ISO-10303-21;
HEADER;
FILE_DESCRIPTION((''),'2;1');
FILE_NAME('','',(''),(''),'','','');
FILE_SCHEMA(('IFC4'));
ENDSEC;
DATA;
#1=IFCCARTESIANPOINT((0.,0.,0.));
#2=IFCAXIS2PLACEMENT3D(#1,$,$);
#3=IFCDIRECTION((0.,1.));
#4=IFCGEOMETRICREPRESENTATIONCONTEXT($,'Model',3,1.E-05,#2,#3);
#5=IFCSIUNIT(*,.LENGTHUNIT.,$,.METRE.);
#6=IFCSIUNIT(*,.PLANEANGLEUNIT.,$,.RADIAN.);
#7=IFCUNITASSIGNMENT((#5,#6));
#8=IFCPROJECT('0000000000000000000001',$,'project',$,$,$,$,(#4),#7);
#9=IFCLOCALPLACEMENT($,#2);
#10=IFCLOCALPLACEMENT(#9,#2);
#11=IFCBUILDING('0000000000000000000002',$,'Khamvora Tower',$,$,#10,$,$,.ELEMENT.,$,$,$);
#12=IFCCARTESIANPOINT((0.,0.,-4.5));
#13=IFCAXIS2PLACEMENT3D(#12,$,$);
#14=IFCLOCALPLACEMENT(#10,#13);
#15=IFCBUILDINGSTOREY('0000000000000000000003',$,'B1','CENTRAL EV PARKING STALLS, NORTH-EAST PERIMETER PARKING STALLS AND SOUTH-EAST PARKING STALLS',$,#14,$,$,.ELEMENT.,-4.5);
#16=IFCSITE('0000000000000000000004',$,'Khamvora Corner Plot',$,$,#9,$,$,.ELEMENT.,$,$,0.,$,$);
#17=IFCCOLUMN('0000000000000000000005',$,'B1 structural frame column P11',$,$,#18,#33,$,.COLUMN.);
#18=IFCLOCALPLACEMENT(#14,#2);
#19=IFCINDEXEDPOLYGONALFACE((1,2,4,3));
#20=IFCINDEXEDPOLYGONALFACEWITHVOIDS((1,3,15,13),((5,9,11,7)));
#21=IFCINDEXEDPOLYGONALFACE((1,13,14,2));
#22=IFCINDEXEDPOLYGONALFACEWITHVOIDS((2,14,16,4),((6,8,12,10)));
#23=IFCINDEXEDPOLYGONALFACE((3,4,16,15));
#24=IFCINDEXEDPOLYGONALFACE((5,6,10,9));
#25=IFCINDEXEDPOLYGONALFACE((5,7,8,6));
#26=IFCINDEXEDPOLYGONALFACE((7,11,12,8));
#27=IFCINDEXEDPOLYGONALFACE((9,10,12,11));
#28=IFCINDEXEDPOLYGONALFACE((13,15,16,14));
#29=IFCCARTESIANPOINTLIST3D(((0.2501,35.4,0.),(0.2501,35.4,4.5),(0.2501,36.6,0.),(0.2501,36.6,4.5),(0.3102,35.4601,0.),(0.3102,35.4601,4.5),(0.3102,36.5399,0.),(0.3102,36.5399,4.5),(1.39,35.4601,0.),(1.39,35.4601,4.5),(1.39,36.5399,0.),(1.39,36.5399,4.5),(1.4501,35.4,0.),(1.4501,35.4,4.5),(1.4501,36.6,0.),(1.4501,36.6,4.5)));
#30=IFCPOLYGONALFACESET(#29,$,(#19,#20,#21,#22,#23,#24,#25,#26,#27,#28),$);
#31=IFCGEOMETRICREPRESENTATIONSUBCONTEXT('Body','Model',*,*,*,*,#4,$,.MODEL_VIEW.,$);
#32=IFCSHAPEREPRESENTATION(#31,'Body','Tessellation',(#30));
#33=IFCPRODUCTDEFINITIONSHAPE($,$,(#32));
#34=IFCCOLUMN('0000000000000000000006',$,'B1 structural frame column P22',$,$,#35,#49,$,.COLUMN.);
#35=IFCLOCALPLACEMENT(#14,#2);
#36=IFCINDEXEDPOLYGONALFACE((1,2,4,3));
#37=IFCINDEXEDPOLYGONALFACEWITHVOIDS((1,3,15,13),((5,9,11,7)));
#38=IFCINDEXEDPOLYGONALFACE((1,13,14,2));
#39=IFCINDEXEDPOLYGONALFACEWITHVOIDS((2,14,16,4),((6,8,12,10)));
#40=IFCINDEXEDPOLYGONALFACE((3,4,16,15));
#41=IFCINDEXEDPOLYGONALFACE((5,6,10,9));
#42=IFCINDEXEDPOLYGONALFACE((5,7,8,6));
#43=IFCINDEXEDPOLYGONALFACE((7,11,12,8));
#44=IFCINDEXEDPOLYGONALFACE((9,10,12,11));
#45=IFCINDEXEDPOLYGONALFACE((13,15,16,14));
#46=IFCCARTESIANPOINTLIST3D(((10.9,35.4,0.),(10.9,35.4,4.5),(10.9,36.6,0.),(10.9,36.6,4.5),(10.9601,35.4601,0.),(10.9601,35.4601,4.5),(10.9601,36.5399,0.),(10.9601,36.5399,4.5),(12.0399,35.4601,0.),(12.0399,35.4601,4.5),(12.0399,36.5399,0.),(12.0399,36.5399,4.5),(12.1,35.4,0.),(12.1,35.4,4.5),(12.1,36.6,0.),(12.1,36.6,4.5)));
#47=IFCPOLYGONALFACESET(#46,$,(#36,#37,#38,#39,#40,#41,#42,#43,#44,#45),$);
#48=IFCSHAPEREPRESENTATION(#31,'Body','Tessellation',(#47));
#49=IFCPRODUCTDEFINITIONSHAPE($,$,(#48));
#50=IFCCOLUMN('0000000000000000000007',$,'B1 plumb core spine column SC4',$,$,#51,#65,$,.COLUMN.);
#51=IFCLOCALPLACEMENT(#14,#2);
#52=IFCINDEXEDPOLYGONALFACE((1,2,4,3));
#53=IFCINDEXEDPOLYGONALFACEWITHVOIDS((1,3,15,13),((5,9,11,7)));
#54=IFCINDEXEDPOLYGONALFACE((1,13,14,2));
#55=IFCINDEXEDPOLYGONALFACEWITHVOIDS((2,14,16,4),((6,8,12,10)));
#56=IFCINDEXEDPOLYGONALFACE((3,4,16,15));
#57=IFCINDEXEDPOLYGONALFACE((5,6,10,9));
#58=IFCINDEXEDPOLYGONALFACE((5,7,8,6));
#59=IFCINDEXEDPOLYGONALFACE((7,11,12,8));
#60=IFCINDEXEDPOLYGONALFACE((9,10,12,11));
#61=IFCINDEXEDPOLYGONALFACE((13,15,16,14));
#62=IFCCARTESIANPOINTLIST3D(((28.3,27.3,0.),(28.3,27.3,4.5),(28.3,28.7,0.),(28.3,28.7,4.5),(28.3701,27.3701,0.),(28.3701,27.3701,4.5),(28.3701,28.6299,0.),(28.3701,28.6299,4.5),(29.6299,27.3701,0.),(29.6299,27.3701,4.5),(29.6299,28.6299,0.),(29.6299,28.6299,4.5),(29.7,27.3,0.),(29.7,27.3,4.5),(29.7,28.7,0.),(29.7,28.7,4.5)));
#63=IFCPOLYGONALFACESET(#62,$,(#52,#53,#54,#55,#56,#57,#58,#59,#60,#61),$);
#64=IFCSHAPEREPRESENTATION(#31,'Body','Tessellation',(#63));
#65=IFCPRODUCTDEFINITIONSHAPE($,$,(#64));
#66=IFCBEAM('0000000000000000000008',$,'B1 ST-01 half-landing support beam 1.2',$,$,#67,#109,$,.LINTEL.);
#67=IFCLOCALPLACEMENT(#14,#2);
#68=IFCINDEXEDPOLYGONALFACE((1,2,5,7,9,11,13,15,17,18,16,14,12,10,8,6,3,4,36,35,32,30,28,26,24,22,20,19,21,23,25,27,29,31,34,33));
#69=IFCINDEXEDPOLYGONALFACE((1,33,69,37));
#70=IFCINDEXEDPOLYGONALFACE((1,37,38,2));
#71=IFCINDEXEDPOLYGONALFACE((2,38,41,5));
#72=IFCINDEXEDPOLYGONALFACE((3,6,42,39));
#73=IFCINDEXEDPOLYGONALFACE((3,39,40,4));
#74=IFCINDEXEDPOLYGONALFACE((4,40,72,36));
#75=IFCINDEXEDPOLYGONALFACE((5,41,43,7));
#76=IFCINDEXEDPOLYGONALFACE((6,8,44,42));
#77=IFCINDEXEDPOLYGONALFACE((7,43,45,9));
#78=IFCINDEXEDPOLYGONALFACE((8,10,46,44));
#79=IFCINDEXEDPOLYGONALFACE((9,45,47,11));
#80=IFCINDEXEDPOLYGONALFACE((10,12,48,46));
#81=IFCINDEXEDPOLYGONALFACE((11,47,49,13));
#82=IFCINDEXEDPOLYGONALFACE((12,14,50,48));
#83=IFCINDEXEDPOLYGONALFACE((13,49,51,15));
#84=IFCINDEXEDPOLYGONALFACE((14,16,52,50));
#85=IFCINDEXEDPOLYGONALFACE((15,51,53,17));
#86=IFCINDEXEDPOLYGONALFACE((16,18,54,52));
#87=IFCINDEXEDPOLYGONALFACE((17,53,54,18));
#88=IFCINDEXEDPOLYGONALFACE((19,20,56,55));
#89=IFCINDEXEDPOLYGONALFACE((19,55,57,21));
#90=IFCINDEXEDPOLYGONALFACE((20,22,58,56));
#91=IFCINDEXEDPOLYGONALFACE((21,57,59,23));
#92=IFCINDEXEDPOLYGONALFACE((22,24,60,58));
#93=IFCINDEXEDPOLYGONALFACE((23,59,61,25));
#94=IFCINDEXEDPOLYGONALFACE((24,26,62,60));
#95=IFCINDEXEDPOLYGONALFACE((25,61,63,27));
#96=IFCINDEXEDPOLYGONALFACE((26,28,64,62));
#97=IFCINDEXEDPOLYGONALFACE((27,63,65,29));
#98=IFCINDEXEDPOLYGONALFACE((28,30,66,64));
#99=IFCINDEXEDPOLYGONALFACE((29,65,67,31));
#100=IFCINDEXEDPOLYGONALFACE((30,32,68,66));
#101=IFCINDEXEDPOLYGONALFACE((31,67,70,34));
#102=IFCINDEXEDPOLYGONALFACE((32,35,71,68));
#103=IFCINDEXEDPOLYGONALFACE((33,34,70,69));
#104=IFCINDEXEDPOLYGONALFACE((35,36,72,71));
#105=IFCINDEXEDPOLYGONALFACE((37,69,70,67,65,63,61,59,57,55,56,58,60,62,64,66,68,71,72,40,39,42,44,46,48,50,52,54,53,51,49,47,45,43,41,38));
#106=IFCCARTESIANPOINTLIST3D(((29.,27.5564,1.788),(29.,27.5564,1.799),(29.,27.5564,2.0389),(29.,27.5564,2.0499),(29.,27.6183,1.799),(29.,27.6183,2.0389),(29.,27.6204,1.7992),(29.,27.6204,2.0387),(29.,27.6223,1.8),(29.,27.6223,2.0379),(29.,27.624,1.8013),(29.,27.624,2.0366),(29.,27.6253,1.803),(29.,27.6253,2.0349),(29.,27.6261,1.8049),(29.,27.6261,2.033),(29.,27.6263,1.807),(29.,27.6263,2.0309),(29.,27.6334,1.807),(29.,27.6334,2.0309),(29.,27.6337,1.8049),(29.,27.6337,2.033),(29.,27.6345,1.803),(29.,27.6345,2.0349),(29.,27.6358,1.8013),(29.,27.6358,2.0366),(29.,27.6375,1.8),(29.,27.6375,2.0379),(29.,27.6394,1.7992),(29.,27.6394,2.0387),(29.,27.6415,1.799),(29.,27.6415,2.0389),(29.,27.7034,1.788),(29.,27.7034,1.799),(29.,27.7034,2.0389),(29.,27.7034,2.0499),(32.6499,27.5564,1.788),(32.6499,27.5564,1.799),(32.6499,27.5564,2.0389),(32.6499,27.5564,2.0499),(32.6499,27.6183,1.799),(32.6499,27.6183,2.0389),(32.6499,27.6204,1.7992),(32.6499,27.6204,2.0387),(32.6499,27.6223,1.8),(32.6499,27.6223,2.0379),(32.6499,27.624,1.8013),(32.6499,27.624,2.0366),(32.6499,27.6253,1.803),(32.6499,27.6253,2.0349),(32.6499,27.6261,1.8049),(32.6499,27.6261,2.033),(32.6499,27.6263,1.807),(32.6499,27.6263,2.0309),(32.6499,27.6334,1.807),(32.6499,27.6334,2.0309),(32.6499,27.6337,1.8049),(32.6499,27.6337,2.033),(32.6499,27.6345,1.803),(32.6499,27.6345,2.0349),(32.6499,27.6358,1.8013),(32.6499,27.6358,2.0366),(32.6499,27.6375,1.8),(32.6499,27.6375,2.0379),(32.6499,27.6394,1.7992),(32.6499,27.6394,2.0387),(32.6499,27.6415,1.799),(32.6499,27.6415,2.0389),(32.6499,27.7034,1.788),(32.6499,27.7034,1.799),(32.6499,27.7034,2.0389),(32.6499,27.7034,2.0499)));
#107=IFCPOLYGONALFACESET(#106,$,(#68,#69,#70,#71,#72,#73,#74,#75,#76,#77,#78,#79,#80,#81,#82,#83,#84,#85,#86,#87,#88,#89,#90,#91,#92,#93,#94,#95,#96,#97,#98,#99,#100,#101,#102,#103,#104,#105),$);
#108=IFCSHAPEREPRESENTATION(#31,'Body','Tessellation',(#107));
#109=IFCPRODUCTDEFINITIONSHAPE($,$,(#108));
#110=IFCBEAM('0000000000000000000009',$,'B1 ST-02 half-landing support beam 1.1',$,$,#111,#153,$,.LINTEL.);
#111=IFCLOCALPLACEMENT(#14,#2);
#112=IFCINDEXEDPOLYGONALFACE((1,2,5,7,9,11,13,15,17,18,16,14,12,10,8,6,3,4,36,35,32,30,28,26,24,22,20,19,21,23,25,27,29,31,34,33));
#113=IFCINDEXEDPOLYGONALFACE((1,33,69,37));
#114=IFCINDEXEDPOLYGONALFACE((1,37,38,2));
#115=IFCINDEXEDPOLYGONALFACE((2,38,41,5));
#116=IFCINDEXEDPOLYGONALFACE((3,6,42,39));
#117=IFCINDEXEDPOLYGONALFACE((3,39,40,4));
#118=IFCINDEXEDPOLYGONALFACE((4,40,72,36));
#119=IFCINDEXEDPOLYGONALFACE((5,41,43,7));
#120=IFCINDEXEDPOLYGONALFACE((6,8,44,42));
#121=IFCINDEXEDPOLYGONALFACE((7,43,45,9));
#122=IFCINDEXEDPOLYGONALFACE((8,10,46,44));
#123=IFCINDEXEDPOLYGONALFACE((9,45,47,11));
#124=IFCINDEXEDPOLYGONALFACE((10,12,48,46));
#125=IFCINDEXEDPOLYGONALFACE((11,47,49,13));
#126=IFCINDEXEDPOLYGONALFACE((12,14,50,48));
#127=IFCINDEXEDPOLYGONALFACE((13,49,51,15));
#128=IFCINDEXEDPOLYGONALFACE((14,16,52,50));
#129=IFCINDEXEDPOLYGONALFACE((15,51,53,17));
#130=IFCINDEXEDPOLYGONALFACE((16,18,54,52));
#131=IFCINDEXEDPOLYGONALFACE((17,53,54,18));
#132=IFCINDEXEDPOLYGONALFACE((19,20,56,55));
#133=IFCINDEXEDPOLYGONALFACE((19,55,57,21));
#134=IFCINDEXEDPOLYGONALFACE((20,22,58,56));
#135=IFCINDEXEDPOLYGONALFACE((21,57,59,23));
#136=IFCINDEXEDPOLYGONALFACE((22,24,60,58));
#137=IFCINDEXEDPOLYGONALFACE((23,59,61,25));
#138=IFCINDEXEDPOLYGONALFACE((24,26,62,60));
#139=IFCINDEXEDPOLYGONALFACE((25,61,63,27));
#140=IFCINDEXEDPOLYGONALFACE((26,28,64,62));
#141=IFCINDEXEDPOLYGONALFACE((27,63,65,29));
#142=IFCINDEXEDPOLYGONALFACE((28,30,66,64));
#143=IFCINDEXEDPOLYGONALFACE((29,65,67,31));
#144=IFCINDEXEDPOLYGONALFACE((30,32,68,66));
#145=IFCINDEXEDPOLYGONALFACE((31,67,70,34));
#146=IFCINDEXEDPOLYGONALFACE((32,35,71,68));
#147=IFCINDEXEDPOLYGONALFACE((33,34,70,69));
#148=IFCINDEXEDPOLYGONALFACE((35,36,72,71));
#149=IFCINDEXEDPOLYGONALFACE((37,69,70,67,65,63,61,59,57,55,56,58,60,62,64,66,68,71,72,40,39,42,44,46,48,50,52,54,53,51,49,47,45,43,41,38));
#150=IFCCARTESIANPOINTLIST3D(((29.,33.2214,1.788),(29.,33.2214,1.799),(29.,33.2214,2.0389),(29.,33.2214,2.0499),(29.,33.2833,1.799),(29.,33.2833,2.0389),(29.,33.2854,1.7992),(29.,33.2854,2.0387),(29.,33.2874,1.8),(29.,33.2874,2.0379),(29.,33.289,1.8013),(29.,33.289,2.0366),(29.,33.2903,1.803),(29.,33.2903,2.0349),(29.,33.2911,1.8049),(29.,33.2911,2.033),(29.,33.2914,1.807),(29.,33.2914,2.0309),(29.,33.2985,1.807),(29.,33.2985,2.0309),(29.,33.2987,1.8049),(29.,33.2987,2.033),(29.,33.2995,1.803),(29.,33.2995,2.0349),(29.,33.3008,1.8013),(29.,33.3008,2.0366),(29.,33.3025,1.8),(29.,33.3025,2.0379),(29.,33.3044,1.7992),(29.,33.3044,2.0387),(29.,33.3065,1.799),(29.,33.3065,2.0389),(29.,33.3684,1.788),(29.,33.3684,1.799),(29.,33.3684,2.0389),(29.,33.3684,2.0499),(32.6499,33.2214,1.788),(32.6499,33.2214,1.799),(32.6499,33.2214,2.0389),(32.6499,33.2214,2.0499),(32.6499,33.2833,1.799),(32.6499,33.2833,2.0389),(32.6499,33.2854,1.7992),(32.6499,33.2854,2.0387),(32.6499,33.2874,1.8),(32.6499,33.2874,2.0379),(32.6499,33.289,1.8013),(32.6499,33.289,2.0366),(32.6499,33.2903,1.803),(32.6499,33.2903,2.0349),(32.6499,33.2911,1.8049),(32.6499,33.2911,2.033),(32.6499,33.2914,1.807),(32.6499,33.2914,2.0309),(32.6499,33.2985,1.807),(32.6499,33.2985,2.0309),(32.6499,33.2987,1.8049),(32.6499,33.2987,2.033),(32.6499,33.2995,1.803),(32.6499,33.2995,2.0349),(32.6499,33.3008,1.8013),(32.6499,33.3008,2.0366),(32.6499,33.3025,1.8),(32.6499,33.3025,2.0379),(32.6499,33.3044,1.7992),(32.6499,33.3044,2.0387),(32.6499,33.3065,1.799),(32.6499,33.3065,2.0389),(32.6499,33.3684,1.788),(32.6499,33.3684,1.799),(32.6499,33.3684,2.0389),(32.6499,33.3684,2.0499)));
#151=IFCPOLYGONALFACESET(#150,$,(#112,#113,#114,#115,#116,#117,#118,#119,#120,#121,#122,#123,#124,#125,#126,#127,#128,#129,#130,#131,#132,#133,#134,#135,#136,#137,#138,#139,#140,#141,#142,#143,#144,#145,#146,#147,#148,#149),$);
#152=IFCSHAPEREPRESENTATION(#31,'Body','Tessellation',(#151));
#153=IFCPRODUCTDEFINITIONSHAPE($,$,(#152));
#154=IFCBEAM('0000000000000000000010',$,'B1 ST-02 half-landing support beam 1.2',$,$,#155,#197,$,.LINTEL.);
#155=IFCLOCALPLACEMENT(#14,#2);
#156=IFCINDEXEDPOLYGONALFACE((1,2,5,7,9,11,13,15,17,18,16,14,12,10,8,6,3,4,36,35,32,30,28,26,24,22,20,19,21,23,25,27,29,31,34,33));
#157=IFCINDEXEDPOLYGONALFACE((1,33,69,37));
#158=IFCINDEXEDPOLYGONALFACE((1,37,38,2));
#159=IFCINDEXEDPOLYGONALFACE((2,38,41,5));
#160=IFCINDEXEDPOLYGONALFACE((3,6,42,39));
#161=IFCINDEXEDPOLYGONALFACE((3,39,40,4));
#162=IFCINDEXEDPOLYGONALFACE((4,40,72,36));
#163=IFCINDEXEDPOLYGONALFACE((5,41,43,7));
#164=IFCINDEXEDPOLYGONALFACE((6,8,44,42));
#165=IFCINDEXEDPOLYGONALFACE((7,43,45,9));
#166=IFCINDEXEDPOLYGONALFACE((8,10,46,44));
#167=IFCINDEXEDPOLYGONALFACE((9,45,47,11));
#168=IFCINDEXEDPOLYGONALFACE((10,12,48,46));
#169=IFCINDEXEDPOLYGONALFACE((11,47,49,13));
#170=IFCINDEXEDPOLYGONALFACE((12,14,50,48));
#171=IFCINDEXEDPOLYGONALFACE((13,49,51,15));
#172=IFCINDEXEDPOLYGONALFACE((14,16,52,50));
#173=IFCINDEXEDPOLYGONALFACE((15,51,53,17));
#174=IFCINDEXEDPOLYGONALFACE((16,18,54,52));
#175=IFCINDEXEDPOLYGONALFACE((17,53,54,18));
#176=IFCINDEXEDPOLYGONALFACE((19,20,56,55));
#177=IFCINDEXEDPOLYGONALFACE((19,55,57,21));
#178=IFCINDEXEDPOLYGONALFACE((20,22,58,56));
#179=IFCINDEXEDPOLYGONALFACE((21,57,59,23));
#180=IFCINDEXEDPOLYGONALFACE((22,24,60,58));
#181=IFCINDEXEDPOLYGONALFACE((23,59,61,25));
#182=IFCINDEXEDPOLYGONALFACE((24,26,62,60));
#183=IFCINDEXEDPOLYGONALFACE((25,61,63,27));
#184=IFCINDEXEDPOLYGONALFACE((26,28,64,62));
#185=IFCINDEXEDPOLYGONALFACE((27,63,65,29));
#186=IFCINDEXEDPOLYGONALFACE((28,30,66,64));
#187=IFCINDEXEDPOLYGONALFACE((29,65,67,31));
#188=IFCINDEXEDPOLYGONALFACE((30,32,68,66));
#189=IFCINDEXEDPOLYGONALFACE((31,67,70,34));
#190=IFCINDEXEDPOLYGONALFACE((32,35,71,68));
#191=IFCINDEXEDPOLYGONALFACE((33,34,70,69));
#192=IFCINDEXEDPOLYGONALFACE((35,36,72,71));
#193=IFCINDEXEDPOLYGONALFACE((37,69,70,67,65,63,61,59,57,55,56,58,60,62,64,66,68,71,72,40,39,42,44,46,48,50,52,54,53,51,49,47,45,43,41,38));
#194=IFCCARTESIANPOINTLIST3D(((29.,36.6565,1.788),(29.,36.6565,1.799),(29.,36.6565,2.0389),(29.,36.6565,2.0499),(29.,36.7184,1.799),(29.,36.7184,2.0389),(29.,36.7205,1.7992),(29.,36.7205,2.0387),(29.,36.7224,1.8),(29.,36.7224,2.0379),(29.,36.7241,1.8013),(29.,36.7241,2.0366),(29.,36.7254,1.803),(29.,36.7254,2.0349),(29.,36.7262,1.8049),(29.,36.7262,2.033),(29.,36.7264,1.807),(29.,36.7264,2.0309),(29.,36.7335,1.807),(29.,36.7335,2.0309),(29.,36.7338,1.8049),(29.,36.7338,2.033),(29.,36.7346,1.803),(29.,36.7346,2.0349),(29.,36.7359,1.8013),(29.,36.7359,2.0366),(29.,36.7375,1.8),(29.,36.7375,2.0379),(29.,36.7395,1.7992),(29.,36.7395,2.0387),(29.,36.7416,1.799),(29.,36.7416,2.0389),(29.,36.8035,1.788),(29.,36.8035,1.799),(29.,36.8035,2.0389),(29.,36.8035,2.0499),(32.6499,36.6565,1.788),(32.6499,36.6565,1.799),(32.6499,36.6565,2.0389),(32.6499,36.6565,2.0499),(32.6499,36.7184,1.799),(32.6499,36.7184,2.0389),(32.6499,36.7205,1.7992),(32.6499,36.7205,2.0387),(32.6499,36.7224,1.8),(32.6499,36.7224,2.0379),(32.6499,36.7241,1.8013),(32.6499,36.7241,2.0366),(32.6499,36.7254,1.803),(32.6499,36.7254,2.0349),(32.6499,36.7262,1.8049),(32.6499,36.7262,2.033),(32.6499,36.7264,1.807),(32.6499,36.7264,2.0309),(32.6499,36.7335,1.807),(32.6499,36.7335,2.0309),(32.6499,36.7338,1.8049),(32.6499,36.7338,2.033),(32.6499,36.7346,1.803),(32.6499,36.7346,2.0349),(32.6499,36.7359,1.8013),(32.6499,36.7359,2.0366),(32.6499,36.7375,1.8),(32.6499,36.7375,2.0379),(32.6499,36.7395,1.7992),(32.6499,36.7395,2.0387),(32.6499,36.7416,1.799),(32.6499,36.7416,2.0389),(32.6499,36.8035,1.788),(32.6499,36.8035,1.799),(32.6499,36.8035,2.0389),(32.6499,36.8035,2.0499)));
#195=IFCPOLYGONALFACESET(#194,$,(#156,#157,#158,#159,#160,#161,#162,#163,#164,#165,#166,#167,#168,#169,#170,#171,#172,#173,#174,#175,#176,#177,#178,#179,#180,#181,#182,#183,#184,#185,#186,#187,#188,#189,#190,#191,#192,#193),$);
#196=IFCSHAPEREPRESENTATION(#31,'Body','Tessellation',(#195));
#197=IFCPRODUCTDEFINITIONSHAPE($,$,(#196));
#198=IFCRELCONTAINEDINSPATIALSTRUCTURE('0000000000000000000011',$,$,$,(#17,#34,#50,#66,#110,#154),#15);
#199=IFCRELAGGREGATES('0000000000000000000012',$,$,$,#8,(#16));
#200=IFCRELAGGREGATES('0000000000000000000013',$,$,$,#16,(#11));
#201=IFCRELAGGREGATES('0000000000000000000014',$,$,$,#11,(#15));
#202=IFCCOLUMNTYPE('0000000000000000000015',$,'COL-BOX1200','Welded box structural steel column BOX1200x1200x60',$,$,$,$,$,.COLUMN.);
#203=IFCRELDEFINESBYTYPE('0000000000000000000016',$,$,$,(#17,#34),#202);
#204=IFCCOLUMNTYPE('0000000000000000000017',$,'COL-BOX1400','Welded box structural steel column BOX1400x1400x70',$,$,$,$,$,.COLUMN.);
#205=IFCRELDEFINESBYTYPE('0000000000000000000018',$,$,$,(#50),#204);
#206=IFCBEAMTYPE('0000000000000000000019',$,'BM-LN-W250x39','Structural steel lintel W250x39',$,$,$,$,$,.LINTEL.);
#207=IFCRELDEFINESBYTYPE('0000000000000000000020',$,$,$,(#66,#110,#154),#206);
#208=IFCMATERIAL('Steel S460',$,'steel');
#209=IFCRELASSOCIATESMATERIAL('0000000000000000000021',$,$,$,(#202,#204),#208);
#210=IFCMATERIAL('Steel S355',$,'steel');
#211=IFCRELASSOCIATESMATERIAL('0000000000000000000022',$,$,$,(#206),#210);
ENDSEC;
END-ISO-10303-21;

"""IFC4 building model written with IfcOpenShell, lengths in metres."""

from ifc_helpers import new_model, si_unit, direction, frame, origin, origin_2d, place, context, subcontext, project, spatial, hollow_rectangle, i_section, extrude, material, material_profile, profile_set, type_object, element, save


model = new_model("IFC4")

# Units and contexts
model_context = context("Model", 3, precision=1e-05, world=origin(), true_north=direction((0.0, 1.0)))
body_context = subcontext(model_context, "Body", "Model", "MODEL_VIEW")
ifc_project = project(units=[si_unit("LENGTHUNIT", "METRE"), si_unit("PLANEANGLEUNIT", "RADIAN")], contexts=[model_context])

# Site, building, storey
site_placement = place(None, origin())
site = spatial("IfcSite", under=ifc_project, at=site_placement, Name="Khamvora Corner Plot", CompositionType="ELEMENT", RefElevation=0.0)
building_placement = place(site_placement, origin())
building = spatial("IfcBuilding", under=site, at=building_placement, Name="Khamvora Tower", CompositionType="ELEMENT")
storey_placement = place(building_placement, frame((0.0, 0.0, -4.5)))
storey = spatial("IfcBuildingStorey", under=building, at=storey_placement, Name="B1", Description="CENTRAL EV PARKING STALLS, NORTH-EAST PERIMETER PARKING STALLS AND SOUTH-EAST PARKING STALLS", CompositionType="ELEMENT", Elevation=-4.5)

# Columns
ifc_material_1 = material(Name="Steel S460", Category="steel")
ifc_material_profile_1 = material_profile(ifc_material_1, hollow_rectangle(XDim=1.2, YDim=1.2, WallThickness=0.0601, at=origin_2d()), Name="BOX1200x1200x60")
ifc_profile_set_1 = profile_set([ifc_material_profile_1], Name="Steel S460")
column_type_1 = type_object("IfcColumnType", Name="COL-BOX1200", Description="Welded box structural steel column BOX1200x1200x60", PredefinedType="COLUMN", material=ifc_profile_set_1)
for number, where, z_axis, x_axis, name in (
    (1, (0.8501, 36.0, 0.0), (0.0, 0.0, 1.0), (1.0, 0.0, 0.0), "B1 structural frame column P11"),
    (2, (11.5, 36.0, 0.0), (0.0, 0.0, 1.0), (1.0, 0.0, 0.0), "B1 structural frame column P22"),
):
    element("IfcColumn", number, at=place(storey_placement, frame(where, z_axis=z_axis, x_axis=x_axis)), inside=storey, type_object=column_type_1, Name=name, PredefinedType="COLUMN", context=body_context, shape_type="SweptSolid", body=[
        extrude(hollow_rectangle(XDim=1.2, YDim=1.2, WallThickness=0.0601, at=origin_2d()), origin(), (0.0, 0.0, 1.0), 4.5),
    ])
ifc_material_profile_2 = material_profile(ifc_material_1, hollow_rectangle(XDim=1.3999, YDim=1.3999, WallThickness=0.0701, at=origin_2d()), Name="BOX1400x1400x70")
ifc_profile_set_2 = profile_set([ifc_material_profile_2], Name="Steel S460")
column_type_2 = type_object("IfcColumnType", Name="COL-BOX1400", Description="Welded box structural steel column BOX1400x1400x70", PredefinedType="COLUMN", material=ifc_profile_set_2)
column_placement = place(storey_placement, frame((29.0, 28.0, 0.0), z_axis=(0.0, 0.0, 1.0), x_axis=(1.0, 0.0, 0.0)))
element("IfcColumn", 3, at=column_placement, inside=storey, type_object=column_type_2, Name="B1 plumb core spine column SC4", PredefinedType="COLUMN", context=body_context, shape_type="SweptSolid", body=[
    extrude(hollow_rectangle(XDim=1.3999, YDim=1.3999, WallThickness=0.0701, at=origin_2d()), origin(), (0.0, 0.0, 1.0), 4.5),
])

# Beams
ifc_material_2 = material(Name="Steel S355", Category="steel")
ifc_material_profile_3 = material_profile(ifc_material_2, i_section(OverallWidth=0.147, OverallDepth=0.262, WebThickness=0.0071, FlangeThickness=0.011, FilletRadius=0.0081, at=origin_2d()), Name="W250x39")
ifc_profile_set_3 = profile_set([ifc_material_profile_3], Name="Steel S355")
beam_type_1 = type_object("IfcBeamType", Name="BM-LN-W250x39", Description="Structural steel lintel W250x39", PredefinedType="LINTEL", material=ifc_profile_set_3)
for number, where, z_axis, x_axis, name in (
    (4, (29.0, 27.6299, 1.9189), (1.0, 0.0, 0.0), (0.0, 1.0, 0.0), "B1 ST-01 half-landing support beam 1.2"),
    (5, (29.0, 33.2949, 1.9189), (1.0, 0.0, 0.0), (0.0, 1.0, 0.0), "B1 ST-02 half-landing support beam 1.1"),
    (6, (29.0, 36.73, 1.9189), (1.0, 0.0, 0.0), (0.0, 1.0, 0.0), "B1 ST-02 half-landing support beam 1.2"),
):
    element("IfcBeam", number, at=place(storey_placement, frame(where, z_axis=z_axis, x_axis=x_axis)), inside=storey, type_object=beam_type_1, Name=name, PredefinedType="LINTEL", context=body_context, shape_type="SweptSolid", body=[
        extrude(i_section(OverallWidth=0.147, OverallDepth=0.262, WebThickness=0.0071, FlangeThickness=0.011, FilletRadius=0.0081, at=origin_2d()), origin(), (0.0, 0.0, 1.0), 3.6499),
    ])

save(model, "model.ifc")
